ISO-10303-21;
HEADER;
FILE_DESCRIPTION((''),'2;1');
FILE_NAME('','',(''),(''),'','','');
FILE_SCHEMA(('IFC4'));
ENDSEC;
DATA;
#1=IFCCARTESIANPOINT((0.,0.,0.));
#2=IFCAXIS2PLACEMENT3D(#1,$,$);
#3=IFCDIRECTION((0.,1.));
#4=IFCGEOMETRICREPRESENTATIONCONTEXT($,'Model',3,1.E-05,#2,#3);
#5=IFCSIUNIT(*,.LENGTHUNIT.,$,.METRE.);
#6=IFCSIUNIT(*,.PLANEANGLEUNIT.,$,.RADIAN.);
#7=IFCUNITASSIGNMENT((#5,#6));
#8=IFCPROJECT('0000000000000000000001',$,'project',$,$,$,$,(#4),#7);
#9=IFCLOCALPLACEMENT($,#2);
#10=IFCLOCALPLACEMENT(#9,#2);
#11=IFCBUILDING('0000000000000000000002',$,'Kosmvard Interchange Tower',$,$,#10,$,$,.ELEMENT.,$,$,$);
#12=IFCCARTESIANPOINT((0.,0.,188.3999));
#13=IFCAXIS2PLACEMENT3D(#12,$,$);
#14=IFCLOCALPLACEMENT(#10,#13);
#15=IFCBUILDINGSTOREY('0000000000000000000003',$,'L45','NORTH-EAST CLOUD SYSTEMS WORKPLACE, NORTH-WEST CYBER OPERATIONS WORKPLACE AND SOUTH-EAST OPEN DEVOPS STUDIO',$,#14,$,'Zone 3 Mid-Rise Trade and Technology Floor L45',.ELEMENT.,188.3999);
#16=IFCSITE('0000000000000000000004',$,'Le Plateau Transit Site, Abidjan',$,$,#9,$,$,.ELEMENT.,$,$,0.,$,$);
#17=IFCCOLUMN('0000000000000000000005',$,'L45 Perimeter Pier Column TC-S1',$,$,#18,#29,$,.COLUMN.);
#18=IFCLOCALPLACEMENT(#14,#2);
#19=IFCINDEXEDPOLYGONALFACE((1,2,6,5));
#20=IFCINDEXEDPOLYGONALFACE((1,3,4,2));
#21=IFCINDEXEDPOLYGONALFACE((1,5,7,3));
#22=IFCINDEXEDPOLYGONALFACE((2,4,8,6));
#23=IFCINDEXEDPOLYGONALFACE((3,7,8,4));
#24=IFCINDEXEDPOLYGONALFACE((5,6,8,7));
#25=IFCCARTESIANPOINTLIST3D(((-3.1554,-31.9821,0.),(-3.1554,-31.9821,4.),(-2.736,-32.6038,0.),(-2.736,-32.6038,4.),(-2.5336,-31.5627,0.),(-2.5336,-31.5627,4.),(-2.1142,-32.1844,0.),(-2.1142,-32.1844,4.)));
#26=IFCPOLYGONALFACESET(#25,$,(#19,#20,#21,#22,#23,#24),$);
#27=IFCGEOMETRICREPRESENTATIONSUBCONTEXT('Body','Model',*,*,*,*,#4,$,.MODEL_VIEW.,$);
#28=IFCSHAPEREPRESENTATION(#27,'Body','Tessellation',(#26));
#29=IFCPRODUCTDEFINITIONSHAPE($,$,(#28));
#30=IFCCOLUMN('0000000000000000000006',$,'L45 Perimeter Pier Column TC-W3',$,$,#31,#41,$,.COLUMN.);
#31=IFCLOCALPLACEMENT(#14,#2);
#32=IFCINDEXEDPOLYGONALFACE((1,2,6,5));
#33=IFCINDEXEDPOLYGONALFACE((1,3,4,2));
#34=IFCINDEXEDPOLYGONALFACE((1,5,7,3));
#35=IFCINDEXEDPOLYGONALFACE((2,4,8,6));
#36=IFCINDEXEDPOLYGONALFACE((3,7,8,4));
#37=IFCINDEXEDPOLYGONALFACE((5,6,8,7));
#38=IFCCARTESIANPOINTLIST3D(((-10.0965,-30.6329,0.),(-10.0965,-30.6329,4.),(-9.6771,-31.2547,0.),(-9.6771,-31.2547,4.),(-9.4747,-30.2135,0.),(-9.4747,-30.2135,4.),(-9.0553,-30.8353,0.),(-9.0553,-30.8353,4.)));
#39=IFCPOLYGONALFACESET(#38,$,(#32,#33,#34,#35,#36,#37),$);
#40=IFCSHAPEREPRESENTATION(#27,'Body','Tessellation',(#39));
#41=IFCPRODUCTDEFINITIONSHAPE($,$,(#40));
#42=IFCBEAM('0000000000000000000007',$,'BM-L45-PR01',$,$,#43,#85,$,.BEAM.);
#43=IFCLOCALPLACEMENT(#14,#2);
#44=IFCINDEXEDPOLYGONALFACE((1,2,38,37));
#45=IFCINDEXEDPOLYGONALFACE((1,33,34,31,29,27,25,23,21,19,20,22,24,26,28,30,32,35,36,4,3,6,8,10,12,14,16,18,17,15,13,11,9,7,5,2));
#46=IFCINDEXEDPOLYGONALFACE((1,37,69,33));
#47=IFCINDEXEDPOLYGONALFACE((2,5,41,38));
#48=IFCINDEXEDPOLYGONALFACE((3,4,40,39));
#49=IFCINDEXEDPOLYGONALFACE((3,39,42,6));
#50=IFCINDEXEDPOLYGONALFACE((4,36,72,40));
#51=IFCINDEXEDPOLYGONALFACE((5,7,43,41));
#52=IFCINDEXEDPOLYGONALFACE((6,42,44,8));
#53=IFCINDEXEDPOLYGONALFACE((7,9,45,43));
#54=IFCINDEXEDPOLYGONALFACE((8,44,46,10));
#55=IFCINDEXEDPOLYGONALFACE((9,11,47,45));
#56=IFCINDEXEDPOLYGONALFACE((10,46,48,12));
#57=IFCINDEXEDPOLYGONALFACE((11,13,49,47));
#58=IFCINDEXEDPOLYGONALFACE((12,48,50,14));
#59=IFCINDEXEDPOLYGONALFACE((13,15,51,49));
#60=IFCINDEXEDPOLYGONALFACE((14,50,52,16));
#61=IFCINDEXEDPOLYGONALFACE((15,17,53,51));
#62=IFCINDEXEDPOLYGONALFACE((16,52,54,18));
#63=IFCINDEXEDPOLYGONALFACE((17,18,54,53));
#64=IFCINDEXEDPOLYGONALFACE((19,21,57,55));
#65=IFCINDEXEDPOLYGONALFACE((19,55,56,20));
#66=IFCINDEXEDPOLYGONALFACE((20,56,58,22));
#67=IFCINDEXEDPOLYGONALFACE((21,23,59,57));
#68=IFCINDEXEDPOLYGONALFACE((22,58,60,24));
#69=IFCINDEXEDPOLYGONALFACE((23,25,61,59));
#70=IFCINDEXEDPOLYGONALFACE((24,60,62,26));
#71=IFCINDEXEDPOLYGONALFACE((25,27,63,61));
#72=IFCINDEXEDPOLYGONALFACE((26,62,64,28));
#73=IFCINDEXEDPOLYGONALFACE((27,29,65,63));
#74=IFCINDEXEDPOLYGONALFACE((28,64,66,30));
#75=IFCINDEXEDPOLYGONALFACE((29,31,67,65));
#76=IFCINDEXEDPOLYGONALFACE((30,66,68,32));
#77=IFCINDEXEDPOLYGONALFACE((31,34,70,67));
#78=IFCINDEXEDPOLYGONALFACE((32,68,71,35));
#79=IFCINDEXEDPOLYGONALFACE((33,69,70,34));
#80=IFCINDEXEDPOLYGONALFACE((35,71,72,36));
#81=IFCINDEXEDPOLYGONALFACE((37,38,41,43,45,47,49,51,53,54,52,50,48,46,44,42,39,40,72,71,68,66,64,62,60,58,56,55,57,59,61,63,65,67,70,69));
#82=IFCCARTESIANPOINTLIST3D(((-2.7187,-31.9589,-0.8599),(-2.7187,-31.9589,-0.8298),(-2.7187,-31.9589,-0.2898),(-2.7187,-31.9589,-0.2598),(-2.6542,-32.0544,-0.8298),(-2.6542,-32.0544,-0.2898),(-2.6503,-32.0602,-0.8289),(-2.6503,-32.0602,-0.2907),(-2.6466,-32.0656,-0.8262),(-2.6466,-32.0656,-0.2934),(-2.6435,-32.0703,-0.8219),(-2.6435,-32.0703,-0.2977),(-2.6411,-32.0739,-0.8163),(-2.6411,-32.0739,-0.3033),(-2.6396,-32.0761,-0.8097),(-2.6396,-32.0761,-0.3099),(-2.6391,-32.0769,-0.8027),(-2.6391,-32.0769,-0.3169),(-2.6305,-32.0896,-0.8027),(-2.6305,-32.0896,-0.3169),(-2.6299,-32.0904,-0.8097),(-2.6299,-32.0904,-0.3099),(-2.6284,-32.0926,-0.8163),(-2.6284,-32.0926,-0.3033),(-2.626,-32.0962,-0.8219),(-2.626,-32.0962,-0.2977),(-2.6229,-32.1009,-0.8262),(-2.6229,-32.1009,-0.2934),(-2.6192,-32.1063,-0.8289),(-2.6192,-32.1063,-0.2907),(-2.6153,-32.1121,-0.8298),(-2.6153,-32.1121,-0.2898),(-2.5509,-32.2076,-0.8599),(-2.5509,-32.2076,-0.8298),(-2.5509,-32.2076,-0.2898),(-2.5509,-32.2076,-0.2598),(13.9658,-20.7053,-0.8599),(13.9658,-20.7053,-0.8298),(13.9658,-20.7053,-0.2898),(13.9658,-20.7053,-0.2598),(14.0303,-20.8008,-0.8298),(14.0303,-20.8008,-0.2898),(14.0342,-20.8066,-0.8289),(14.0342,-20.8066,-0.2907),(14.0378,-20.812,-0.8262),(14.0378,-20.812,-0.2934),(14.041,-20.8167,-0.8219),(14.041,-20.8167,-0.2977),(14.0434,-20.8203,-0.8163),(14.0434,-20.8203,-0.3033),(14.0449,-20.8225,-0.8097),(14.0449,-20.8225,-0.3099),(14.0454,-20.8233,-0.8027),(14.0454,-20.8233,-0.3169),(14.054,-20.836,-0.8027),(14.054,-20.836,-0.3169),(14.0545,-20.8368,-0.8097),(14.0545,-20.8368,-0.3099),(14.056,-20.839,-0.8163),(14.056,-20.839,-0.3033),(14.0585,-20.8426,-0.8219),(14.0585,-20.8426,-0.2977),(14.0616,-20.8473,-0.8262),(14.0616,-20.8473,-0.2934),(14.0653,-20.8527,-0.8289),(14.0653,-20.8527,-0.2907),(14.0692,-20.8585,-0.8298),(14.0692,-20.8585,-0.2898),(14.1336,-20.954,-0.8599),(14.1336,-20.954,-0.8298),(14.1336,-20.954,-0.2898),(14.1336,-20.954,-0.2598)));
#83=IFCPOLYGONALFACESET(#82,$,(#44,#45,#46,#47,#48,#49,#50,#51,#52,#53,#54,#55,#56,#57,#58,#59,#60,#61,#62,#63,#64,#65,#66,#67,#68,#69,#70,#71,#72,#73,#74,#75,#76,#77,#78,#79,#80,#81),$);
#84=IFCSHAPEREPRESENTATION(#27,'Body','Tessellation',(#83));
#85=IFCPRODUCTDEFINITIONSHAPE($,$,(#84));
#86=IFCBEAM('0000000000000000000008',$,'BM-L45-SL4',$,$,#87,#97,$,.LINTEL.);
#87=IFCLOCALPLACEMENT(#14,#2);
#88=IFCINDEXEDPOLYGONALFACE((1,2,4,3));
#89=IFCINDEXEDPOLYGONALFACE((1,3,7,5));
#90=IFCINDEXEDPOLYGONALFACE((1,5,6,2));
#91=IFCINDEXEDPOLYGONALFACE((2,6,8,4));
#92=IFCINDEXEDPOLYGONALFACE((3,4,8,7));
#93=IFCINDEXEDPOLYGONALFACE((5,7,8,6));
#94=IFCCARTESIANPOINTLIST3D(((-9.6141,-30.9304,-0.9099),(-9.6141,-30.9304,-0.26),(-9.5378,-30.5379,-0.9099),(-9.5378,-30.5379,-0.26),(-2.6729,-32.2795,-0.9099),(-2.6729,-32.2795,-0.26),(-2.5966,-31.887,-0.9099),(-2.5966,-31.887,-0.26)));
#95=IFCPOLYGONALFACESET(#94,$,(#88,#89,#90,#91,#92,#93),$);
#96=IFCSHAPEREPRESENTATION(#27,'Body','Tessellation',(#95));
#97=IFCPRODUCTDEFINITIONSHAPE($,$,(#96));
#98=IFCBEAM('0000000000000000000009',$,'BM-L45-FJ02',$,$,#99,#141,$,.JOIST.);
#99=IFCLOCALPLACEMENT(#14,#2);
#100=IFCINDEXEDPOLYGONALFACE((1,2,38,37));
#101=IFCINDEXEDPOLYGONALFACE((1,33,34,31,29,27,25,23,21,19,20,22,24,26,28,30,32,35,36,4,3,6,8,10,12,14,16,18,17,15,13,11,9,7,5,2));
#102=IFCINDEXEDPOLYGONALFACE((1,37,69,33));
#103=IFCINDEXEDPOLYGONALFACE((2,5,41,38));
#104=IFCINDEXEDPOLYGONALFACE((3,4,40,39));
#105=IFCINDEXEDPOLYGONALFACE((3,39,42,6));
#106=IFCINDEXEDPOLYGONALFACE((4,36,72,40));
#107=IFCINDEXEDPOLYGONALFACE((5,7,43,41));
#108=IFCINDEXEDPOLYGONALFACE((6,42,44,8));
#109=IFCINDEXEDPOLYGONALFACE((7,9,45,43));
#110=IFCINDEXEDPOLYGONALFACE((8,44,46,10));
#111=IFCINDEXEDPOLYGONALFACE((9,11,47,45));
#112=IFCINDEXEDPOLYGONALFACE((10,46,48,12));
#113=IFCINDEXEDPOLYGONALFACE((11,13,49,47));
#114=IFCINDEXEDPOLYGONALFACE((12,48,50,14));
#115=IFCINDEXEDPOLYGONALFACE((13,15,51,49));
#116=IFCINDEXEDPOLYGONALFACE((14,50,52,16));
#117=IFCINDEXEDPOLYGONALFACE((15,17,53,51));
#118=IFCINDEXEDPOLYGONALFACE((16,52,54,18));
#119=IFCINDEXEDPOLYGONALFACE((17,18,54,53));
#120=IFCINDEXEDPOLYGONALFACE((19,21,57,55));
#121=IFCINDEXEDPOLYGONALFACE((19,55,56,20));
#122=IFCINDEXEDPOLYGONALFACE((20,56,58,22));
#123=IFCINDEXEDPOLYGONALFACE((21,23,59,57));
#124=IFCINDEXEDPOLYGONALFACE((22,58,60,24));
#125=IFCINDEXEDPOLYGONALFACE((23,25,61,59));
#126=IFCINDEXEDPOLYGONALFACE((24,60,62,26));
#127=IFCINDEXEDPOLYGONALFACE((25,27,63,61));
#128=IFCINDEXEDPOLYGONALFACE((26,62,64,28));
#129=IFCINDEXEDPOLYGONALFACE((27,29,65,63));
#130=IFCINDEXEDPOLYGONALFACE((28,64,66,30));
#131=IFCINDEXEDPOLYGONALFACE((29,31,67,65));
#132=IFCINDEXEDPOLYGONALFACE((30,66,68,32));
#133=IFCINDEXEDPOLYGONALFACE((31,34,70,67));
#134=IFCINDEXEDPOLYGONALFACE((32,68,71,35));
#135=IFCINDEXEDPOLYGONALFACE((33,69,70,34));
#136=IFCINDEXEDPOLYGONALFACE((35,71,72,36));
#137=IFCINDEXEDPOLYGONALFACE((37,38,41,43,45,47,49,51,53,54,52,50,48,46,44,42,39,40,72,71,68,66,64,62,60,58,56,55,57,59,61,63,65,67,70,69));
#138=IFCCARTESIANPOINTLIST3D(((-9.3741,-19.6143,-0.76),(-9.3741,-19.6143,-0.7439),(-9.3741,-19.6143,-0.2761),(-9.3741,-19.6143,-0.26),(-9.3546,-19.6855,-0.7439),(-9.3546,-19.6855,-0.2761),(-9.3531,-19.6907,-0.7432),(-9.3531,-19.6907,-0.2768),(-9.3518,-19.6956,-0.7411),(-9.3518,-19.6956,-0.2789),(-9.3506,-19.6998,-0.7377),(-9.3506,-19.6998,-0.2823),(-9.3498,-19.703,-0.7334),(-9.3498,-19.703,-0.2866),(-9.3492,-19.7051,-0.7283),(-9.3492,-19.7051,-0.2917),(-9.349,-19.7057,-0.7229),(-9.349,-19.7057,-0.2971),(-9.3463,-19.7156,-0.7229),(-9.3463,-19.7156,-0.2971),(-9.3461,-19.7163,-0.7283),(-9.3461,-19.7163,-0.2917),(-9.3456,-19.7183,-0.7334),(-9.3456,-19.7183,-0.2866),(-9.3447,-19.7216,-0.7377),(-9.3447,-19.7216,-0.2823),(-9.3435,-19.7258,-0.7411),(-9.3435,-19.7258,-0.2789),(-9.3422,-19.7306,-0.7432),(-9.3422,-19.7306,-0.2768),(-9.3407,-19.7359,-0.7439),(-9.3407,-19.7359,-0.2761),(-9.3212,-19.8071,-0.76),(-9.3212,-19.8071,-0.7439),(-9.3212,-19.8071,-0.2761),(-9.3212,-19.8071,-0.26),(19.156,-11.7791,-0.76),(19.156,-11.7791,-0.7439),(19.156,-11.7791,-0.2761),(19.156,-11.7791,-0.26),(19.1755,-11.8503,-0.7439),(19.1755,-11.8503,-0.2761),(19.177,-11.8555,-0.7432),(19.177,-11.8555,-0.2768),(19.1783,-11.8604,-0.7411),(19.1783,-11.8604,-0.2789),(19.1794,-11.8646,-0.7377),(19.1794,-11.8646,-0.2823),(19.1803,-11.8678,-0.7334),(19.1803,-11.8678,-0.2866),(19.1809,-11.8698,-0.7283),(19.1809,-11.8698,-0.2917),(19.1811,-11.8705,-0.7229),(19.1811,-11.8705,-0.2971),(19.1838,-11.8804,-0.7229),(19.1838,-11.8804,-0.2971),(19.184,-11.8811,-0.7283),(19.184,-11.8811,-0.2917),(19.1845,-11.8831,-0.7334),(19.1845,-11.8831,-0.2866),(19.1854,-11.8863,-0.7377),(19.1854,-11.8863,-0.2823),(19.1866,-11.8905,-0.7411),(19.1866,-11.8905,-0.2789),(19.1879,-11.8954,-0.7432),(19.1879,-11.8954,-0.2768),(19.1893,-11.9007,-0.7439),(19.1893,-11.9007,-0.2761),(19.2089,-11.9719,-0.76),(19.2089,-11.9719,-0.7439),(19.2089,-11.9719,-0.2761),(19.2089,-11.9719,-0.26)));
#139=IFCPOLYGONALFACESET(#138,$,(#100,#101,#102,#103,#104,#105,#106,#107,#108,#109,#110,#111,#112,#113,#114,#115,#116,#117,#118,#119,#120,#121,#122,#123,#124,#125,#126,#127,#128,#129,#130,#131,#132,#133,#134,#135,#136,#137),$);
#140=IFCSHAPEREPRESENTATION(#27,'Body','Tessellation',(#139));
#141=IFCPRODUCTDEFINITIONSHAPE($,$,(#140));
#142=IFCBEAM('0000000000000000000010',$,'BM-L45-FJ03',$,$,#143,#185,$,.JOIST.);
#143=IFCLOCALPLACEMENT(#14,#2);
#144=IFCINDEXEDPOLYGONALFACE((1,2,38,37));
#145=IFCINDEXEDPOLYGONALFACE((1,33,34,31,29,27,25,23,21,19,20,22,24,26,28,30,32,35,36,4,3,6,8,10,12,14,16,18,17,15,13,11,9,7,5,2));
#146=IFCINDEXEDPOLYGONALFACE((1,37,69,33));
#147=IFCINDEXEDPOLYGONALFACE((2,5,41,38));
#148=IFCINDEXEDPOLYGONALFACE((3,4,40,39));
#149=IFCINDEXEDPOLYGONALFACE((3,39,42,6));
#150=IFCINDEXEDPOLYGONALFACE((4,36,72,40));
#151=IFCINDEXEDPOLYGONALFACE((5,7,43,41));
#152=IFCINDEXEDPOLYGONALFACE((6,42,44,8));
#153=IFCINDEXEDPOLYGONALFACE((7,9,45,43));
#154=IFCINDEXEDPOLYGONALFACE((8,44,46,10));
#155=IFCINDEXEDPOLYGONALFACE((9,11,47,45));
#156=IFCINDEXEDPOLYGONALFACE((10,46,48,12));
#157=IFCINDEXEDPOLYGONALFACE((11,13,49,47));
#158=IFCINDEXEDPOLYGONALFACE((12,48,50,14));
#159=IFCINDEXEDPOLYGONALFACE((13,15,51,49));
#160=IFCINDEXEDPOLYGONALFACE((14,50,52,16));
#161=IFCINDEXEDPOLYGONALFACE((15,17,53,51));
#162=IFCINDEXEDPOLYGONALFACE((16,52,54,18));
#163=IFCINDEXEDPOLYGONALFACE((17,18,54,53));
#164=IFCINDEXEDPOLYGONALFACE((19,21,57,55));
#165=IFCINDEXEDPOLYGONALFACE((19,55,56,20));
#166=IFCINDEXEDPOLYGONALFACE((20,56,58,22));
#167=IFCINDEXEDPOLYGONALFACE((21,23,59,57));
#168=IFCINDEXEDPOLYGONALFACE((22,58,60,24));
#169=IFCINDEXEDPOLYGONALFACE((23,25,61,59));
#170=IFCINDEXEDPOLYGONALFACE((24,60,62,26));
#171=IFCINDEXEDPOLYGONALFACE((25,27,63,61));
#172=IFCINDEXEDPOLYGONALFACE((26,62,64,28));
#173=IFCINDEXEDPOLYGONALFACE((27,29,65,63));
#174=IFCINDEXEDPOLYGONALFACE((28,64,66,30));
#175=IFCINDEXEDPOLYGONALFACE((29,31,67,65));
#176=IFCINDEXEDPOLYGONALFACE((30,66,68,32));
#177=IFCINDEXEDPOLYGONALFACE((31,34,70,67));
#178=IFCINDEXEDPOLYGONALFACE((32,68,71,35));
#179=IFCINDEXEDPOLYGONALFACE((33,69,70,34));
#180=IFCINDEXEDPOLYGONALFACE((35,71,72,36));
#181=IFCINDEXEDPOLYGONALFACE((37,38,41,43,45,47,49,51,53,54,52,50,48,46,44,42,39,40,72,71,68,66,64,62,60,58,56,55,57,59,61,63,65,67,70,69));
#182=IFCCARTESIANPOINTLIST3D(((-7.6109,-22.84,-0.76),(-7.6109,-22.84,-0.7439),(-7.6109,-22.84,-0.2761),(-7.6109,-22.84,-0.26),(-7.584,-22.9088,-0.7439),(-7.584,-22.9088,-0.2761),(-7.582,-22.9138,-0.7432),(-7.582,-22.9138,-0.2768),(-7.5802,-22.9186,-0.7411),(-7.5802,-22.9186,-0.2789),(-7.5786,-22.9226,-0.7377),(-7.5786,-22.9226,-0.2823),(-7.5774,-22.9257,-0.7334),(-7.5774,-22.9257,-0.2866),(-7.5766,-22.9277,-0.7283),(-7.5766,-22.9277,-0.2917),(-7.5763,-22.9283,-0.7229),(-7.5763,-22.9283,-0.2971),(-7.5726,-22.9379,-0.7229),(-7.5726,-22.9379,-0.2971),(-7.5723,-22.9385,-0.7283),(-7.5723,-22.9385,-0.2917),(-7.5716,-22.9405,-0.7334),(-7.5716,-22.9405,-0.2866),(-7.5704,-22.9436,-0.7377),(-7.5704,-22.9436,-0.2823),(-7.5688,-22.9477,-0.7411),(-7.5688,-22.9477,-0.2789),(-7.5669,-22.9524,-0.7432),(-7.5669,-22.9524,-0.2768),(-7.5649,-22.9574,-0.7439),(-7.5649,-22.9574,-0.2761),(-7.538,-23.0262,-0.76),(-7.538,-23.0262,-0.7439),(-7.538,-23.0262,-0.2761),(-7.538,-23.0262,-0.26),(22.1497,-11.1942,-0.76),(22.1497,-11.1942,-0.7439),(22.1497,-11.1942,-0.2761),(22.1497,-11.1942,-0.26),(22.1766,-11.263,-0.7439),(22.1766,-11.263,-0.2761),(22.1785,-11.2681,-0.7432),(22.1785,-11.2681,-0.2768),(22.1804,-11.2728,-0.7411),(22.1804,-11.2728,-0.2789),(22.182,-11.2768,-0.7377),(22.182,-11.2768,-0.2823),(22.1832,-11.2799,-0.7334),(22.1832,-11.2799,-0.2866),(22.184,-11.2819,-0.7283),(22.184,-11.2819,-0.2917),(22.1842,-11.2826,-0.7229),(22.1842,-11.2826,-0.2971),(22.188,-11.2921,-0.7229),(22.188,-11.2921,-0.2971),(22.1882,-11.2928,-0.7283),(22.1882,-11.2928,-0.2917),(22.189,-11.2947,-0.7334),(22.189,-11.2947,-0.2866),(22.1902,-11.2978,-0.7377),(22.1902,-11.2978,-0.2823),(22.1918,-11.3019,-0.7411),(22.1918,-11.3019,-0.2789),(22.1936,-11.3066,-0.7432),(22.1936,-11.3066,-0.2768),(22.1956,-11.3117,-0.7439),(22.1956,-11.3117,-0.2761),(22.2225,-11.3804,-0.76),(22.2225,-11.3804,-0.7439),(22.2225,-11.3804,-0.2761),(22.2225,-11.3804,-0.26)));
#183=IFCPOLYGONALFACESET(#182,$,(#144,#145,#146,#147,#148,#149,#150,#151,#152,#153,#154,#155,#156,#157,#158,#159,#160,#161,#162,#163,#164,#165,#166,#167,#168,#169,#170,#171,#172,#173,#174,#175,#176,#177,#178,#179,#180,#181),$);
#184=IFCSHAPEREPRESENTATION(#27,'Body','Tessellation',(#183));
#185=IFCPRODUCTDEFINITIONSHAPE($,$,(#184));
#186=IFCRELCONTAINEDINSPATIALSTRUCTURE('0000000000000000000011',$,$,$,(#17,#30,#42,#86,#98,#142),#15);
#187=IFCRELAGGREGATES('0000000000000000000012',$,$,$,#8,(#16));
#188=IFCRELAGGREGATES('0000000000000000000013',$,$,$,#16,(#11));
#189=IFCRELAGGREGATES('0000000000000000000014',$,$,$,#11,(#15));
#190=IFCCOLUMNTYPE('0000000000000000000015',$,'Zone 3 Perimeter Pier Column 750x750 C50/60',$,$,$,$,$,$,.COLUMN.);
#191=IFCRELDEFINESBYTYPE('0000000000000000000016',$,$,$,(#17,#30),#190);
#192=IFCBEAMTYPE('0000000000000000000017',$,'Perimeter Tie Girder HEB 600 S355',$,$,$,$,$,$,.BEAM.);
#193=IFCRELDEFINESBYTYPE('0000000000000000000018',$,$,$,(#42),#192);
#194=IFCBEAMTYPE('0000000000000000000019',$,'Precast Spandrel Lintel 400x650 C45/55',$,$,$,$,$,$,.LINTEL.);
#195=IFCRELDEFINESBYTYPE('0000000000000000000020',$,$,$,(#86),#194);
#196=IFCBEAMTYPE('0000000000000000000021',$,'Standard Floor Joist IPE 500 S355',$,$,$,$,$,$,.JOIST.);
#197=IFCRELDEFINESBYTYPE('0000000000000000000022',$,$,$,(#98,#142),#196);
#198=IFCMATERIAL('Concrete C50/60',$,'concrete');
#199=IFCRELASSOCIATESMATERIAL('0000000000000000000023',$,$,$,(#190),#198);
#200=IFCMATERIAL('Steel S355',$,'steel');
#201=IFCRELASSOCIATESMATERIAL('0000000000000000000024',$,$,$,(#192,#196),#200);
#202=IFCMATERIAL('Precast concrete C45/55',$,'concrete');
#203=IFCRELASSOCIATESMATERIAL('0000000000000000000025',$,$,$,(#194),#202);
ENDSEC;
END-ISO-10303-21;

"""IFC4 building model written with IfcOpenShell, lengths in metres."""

from ifc_helpers import new_model, si_unit, direction, frame, origin, origin_2d, place, context, subcontext, project, spatial, rectangle, i_section, extrude, source, transform, mapped, material, material_profile, profile_set, type_object, element, save


model = new_model("IFC4")

# Units and contexts
model_context = context("Model", 3, precision=1e-05, world=origin(), true_north=direction((0.0, 1.0)))
body_context = subcontext(model_context, "Body", "Model", "MODEL_VIEW")
ifc_project = project(units=[si_unit("LENGTHUNIT", "METRE"), si_unit("PLANEANGLEUNIT", "RADIAN")], contexts=[model_context])

# Site, building, storey
site_placement = place(None, origin())
site = spatial("IfcSite", under=ifc_project, at=site_placement, Name="Le Plateau Transit Site, Abidjan", CompositionType="ELEMENT", RefElevation=0.0)
building_placement = place(site_placement, origin())
building = spatial("IfcBuilding", under=site, at=building_placement, Name="Kosmvard Interchange Tower", CompositionType="ELEMENT")
storey_placement = place(building_placement, frame((0.0, 0.0, 188.3999)))
storey = spatial("IfcBuildingStorey", under=building, at=storey_placement, Name="L45", Description="NORTH-EAST CLOUD SYSTEMS WORKPLACE, NORTH-WEST CYBER OPERATIONS WORKPLACE AND SOUTH-EAST OPEN DEVOPS STUDIO", LongName="Zone 3 Mid-Rise Trade and Technology Floor L45", CompositionType="ELEMENT", Elevation=188.3999)

# Columns
ifc_material_1 = material(Name="Concrete C50/60", Category="concrete")
ifc_material_profile_1 = material_profile(ifc_material_1, rectangle(XDim=0.75, YDim=0.75, at=origin_2d()), Name="TC 750x750")
ifc_profile_set_1 = profile_set([ifc_material_profile_1], Name="Concrete C50/60")
column_type = type_object("IfcColumnType", Name="Zone 3 Perimeter Pier Column 750x750 C50/60", PredefinedType="COLUMN", material=ifc_profile_set_1)
shared_shape_1 = source(origin(), body_context, "Body", "SweptSolid", [
    extrude(rectangle(XDim=0.75, YDim=0.75, at=origin_2d()), origin(), (0.0, 0.0, 1.0), 4.0),
])
for number, where, z_axis, x_axis, name in (
    (1, (-2.6348, -32.0833, 0.0), (0.0, 0.0, 1.0), (0.829038, 0.559193, 0.0), "L45 Perimeter Pier Column TC-S1"),
    (2, (-9.5759, -30.7341, 0.0), (0.0, 0.0, 1.0), (0.829038, 0.559193, 0.0), "L45 Perimeter Pier Column TC-W3"),
):
    element("IfcColumn", number, at=place(storey_placement, frame(where, z_axis=z_axis, x_axis=x_axis)), inside=storey, type_object=column_type, Name=name, PredefinedType="COLUMN", context=body_context, shape_type="MappedRepresentation", body=[
        mapped(shared_shape_1, transform((0.0, 0.0, 0.0), scale=1.0)),
    ])

# Beams
ifc_material_2 = material(Name="Steel S355", Category="steel")
ifc_material_profile_2 = material_profile(ifc_material_2, i_section(OverallWidth=0.3, OverallDepth=0.6001, WebThickness=0.0154, FlangeThickness=0.03, FilletRadius=0.0271, at=origin_2d()), Name="HEB 600")
ifc_profile_set_2 = profile_set([ifc_material_profile_2], Name="Steel S355")
beam_type_1 = type_object("IfcBeamType", Name="Perimeter Tie Girder HEB 600 S355", PredefinedType="BEAM", material=ifc_profile_set_2)
shared_shape_2 = source(origin(), body_context, "Body", "SweptSolid", [
    extrude(i_section(OverallWidth=0.3, OverallDepth=0.6001, WebThickness=0.0154, FlangeThickness=0.03, FilletRadius=0.0271, at=origin_2d()), origin(), (0.0, 0.0, 1.0), 20.125),
])
beam_1_placement = place(storey_placement, frame((-2.6348, -32.0833, -0.5598), z_axis=(0.829043, 0.559185, 0.0), x_axis=(-0.559185, 0.829043, 0.0)))
element("IfcBeam", 3, at=beam_1_placement, inside=storey, type_object=beam_type_1, Name="BM-L45-PR01", PredefinedType="BEAM", context=body_context, shape_type="MappedRepresentation", body=[
    mapped(shared_shape_2, transform((0.0, 0.0, 0.0), scale=1.0)),
])
ifc_material_3 = material(Name="Precast concrete C45/55", Category="concrete")
ifc_material_profile_3 = material_profile(ifc_material_3, rectangle(XDim=0.3999, YDim=0.6499, at=origin_2d()), Name="SL 400x650")
ifc_profile_set_3 = profile_set([ifc_material_profile_3], Name="Precast concrete C45/55")
beam_type_2 = type_object("IfcBeamType", Name="Precast Spandrel Lintel 400x650 C45/55", PredefinedType="LINTEL", material=ifc_profile_set_3)
shared_shape_3 = source(origin(), body_context, "Body", "SweptSolid", [
    extrude(rectangle(XDim=0.3999, YDim=0.6499, at=origin_2d()), origin(), (0.0, 0.0, 1.0), 7.071),
])
beam_2_placement = place(storey_placement, frame((-9.5759, -30.7341, -0.585), z_axis=(0.98163, -0.190795, 0.0), x_axis=(0.190795, 0.98163, 0.0)))
element("IfcBeam", 4, at=beam_2_placement, inside=storey, type_object=beam_type_2, Name="BM-L45-SL4", PredefinedType="LINTEL", context=body_context, shape_type="MappedRepresentation", body=[
    mapped(shared_shape_3, transform((0.0, 0.0, 0.0), scale=1.0)),
])
ifc_material_profile_4 = material_profile(ifc_material_2, i_section(OverallWidth=0.2, OverallDepth=0.5, WebThickness=0.0103, FlangeThickness=0.0161, FilletRadius=0.021, at=origin_2d()), Name="IPE 500")
ifc_profile_set_4 = profile_set([ifc_material_profile_4], Name="Steel S355")
beam_type_3 = type_object("IfcBeamType", Name="Standard Floor Joist IPE 500 S355", PredefinedType="JOIST", material=ifc_profile_set_4)
shared_shape_4 = source(origin(), body_context, "Body", "SweptSolid", [
    extrude(i_section(OverallWidth=0.2, OverallDepth=0.5, WebThickness=0.0103, FlangeThickness=0.0161, FilletRadius=0.021, at=origin_2d()), origin(), (0.0, 0.0, 1.0), 29.5864),
])
beam_3_placement = place(storey_placement, frame((-9.3477, -19.7107, -0.51), z_axis=(0.964297, 0.264825, 0.0), x_axis=(-0.264825, 0.964297, 0.0)))
element("IfcBeam", 5, at=beam_3_placement, inside=storey, type_object=beam_type_3, Name="BM-L45-FJ02", PredefinedType="JOIST", context=body_context, shape_type="MappedRepresentation", body=[
    mapped(shared_shape_4, transform((0.0, 0.0, 0.0), scale=1.0)),
])
shared_shape_5 = source(origin(), body_context, "Body", "SweptSolid", [
    extrude(i_section(OverallWidth=0.2, OverallDepth=0.5, WebThickness=0.0103, FlangeThickness=0.0161, FilletRadius=0.021, at=origin_2d()), origin(), (0.0, 0.0, 1.0), 31.958),
])
beam_4_placement = place(storey_placement, frame((-7.5745, -22.9331, -0.51), z_axis=(0.931239, 0.364409, 0.0), x_axis=(-0.364409, 0.931239, 0.0)))
element("IfcBeam", 6, at=beam_4_placement, inside=storey, type_object=beam_type_3, Name="BM-L45-FJ03", PredefinedType="JOIST", context=body_context, shape_type="MappedRepresentation", body=[
    mapped(shared_shape_5, transform((0.0, 0.0, 0.0), scale=1.0)),
])

save(model, "model.ifc")
